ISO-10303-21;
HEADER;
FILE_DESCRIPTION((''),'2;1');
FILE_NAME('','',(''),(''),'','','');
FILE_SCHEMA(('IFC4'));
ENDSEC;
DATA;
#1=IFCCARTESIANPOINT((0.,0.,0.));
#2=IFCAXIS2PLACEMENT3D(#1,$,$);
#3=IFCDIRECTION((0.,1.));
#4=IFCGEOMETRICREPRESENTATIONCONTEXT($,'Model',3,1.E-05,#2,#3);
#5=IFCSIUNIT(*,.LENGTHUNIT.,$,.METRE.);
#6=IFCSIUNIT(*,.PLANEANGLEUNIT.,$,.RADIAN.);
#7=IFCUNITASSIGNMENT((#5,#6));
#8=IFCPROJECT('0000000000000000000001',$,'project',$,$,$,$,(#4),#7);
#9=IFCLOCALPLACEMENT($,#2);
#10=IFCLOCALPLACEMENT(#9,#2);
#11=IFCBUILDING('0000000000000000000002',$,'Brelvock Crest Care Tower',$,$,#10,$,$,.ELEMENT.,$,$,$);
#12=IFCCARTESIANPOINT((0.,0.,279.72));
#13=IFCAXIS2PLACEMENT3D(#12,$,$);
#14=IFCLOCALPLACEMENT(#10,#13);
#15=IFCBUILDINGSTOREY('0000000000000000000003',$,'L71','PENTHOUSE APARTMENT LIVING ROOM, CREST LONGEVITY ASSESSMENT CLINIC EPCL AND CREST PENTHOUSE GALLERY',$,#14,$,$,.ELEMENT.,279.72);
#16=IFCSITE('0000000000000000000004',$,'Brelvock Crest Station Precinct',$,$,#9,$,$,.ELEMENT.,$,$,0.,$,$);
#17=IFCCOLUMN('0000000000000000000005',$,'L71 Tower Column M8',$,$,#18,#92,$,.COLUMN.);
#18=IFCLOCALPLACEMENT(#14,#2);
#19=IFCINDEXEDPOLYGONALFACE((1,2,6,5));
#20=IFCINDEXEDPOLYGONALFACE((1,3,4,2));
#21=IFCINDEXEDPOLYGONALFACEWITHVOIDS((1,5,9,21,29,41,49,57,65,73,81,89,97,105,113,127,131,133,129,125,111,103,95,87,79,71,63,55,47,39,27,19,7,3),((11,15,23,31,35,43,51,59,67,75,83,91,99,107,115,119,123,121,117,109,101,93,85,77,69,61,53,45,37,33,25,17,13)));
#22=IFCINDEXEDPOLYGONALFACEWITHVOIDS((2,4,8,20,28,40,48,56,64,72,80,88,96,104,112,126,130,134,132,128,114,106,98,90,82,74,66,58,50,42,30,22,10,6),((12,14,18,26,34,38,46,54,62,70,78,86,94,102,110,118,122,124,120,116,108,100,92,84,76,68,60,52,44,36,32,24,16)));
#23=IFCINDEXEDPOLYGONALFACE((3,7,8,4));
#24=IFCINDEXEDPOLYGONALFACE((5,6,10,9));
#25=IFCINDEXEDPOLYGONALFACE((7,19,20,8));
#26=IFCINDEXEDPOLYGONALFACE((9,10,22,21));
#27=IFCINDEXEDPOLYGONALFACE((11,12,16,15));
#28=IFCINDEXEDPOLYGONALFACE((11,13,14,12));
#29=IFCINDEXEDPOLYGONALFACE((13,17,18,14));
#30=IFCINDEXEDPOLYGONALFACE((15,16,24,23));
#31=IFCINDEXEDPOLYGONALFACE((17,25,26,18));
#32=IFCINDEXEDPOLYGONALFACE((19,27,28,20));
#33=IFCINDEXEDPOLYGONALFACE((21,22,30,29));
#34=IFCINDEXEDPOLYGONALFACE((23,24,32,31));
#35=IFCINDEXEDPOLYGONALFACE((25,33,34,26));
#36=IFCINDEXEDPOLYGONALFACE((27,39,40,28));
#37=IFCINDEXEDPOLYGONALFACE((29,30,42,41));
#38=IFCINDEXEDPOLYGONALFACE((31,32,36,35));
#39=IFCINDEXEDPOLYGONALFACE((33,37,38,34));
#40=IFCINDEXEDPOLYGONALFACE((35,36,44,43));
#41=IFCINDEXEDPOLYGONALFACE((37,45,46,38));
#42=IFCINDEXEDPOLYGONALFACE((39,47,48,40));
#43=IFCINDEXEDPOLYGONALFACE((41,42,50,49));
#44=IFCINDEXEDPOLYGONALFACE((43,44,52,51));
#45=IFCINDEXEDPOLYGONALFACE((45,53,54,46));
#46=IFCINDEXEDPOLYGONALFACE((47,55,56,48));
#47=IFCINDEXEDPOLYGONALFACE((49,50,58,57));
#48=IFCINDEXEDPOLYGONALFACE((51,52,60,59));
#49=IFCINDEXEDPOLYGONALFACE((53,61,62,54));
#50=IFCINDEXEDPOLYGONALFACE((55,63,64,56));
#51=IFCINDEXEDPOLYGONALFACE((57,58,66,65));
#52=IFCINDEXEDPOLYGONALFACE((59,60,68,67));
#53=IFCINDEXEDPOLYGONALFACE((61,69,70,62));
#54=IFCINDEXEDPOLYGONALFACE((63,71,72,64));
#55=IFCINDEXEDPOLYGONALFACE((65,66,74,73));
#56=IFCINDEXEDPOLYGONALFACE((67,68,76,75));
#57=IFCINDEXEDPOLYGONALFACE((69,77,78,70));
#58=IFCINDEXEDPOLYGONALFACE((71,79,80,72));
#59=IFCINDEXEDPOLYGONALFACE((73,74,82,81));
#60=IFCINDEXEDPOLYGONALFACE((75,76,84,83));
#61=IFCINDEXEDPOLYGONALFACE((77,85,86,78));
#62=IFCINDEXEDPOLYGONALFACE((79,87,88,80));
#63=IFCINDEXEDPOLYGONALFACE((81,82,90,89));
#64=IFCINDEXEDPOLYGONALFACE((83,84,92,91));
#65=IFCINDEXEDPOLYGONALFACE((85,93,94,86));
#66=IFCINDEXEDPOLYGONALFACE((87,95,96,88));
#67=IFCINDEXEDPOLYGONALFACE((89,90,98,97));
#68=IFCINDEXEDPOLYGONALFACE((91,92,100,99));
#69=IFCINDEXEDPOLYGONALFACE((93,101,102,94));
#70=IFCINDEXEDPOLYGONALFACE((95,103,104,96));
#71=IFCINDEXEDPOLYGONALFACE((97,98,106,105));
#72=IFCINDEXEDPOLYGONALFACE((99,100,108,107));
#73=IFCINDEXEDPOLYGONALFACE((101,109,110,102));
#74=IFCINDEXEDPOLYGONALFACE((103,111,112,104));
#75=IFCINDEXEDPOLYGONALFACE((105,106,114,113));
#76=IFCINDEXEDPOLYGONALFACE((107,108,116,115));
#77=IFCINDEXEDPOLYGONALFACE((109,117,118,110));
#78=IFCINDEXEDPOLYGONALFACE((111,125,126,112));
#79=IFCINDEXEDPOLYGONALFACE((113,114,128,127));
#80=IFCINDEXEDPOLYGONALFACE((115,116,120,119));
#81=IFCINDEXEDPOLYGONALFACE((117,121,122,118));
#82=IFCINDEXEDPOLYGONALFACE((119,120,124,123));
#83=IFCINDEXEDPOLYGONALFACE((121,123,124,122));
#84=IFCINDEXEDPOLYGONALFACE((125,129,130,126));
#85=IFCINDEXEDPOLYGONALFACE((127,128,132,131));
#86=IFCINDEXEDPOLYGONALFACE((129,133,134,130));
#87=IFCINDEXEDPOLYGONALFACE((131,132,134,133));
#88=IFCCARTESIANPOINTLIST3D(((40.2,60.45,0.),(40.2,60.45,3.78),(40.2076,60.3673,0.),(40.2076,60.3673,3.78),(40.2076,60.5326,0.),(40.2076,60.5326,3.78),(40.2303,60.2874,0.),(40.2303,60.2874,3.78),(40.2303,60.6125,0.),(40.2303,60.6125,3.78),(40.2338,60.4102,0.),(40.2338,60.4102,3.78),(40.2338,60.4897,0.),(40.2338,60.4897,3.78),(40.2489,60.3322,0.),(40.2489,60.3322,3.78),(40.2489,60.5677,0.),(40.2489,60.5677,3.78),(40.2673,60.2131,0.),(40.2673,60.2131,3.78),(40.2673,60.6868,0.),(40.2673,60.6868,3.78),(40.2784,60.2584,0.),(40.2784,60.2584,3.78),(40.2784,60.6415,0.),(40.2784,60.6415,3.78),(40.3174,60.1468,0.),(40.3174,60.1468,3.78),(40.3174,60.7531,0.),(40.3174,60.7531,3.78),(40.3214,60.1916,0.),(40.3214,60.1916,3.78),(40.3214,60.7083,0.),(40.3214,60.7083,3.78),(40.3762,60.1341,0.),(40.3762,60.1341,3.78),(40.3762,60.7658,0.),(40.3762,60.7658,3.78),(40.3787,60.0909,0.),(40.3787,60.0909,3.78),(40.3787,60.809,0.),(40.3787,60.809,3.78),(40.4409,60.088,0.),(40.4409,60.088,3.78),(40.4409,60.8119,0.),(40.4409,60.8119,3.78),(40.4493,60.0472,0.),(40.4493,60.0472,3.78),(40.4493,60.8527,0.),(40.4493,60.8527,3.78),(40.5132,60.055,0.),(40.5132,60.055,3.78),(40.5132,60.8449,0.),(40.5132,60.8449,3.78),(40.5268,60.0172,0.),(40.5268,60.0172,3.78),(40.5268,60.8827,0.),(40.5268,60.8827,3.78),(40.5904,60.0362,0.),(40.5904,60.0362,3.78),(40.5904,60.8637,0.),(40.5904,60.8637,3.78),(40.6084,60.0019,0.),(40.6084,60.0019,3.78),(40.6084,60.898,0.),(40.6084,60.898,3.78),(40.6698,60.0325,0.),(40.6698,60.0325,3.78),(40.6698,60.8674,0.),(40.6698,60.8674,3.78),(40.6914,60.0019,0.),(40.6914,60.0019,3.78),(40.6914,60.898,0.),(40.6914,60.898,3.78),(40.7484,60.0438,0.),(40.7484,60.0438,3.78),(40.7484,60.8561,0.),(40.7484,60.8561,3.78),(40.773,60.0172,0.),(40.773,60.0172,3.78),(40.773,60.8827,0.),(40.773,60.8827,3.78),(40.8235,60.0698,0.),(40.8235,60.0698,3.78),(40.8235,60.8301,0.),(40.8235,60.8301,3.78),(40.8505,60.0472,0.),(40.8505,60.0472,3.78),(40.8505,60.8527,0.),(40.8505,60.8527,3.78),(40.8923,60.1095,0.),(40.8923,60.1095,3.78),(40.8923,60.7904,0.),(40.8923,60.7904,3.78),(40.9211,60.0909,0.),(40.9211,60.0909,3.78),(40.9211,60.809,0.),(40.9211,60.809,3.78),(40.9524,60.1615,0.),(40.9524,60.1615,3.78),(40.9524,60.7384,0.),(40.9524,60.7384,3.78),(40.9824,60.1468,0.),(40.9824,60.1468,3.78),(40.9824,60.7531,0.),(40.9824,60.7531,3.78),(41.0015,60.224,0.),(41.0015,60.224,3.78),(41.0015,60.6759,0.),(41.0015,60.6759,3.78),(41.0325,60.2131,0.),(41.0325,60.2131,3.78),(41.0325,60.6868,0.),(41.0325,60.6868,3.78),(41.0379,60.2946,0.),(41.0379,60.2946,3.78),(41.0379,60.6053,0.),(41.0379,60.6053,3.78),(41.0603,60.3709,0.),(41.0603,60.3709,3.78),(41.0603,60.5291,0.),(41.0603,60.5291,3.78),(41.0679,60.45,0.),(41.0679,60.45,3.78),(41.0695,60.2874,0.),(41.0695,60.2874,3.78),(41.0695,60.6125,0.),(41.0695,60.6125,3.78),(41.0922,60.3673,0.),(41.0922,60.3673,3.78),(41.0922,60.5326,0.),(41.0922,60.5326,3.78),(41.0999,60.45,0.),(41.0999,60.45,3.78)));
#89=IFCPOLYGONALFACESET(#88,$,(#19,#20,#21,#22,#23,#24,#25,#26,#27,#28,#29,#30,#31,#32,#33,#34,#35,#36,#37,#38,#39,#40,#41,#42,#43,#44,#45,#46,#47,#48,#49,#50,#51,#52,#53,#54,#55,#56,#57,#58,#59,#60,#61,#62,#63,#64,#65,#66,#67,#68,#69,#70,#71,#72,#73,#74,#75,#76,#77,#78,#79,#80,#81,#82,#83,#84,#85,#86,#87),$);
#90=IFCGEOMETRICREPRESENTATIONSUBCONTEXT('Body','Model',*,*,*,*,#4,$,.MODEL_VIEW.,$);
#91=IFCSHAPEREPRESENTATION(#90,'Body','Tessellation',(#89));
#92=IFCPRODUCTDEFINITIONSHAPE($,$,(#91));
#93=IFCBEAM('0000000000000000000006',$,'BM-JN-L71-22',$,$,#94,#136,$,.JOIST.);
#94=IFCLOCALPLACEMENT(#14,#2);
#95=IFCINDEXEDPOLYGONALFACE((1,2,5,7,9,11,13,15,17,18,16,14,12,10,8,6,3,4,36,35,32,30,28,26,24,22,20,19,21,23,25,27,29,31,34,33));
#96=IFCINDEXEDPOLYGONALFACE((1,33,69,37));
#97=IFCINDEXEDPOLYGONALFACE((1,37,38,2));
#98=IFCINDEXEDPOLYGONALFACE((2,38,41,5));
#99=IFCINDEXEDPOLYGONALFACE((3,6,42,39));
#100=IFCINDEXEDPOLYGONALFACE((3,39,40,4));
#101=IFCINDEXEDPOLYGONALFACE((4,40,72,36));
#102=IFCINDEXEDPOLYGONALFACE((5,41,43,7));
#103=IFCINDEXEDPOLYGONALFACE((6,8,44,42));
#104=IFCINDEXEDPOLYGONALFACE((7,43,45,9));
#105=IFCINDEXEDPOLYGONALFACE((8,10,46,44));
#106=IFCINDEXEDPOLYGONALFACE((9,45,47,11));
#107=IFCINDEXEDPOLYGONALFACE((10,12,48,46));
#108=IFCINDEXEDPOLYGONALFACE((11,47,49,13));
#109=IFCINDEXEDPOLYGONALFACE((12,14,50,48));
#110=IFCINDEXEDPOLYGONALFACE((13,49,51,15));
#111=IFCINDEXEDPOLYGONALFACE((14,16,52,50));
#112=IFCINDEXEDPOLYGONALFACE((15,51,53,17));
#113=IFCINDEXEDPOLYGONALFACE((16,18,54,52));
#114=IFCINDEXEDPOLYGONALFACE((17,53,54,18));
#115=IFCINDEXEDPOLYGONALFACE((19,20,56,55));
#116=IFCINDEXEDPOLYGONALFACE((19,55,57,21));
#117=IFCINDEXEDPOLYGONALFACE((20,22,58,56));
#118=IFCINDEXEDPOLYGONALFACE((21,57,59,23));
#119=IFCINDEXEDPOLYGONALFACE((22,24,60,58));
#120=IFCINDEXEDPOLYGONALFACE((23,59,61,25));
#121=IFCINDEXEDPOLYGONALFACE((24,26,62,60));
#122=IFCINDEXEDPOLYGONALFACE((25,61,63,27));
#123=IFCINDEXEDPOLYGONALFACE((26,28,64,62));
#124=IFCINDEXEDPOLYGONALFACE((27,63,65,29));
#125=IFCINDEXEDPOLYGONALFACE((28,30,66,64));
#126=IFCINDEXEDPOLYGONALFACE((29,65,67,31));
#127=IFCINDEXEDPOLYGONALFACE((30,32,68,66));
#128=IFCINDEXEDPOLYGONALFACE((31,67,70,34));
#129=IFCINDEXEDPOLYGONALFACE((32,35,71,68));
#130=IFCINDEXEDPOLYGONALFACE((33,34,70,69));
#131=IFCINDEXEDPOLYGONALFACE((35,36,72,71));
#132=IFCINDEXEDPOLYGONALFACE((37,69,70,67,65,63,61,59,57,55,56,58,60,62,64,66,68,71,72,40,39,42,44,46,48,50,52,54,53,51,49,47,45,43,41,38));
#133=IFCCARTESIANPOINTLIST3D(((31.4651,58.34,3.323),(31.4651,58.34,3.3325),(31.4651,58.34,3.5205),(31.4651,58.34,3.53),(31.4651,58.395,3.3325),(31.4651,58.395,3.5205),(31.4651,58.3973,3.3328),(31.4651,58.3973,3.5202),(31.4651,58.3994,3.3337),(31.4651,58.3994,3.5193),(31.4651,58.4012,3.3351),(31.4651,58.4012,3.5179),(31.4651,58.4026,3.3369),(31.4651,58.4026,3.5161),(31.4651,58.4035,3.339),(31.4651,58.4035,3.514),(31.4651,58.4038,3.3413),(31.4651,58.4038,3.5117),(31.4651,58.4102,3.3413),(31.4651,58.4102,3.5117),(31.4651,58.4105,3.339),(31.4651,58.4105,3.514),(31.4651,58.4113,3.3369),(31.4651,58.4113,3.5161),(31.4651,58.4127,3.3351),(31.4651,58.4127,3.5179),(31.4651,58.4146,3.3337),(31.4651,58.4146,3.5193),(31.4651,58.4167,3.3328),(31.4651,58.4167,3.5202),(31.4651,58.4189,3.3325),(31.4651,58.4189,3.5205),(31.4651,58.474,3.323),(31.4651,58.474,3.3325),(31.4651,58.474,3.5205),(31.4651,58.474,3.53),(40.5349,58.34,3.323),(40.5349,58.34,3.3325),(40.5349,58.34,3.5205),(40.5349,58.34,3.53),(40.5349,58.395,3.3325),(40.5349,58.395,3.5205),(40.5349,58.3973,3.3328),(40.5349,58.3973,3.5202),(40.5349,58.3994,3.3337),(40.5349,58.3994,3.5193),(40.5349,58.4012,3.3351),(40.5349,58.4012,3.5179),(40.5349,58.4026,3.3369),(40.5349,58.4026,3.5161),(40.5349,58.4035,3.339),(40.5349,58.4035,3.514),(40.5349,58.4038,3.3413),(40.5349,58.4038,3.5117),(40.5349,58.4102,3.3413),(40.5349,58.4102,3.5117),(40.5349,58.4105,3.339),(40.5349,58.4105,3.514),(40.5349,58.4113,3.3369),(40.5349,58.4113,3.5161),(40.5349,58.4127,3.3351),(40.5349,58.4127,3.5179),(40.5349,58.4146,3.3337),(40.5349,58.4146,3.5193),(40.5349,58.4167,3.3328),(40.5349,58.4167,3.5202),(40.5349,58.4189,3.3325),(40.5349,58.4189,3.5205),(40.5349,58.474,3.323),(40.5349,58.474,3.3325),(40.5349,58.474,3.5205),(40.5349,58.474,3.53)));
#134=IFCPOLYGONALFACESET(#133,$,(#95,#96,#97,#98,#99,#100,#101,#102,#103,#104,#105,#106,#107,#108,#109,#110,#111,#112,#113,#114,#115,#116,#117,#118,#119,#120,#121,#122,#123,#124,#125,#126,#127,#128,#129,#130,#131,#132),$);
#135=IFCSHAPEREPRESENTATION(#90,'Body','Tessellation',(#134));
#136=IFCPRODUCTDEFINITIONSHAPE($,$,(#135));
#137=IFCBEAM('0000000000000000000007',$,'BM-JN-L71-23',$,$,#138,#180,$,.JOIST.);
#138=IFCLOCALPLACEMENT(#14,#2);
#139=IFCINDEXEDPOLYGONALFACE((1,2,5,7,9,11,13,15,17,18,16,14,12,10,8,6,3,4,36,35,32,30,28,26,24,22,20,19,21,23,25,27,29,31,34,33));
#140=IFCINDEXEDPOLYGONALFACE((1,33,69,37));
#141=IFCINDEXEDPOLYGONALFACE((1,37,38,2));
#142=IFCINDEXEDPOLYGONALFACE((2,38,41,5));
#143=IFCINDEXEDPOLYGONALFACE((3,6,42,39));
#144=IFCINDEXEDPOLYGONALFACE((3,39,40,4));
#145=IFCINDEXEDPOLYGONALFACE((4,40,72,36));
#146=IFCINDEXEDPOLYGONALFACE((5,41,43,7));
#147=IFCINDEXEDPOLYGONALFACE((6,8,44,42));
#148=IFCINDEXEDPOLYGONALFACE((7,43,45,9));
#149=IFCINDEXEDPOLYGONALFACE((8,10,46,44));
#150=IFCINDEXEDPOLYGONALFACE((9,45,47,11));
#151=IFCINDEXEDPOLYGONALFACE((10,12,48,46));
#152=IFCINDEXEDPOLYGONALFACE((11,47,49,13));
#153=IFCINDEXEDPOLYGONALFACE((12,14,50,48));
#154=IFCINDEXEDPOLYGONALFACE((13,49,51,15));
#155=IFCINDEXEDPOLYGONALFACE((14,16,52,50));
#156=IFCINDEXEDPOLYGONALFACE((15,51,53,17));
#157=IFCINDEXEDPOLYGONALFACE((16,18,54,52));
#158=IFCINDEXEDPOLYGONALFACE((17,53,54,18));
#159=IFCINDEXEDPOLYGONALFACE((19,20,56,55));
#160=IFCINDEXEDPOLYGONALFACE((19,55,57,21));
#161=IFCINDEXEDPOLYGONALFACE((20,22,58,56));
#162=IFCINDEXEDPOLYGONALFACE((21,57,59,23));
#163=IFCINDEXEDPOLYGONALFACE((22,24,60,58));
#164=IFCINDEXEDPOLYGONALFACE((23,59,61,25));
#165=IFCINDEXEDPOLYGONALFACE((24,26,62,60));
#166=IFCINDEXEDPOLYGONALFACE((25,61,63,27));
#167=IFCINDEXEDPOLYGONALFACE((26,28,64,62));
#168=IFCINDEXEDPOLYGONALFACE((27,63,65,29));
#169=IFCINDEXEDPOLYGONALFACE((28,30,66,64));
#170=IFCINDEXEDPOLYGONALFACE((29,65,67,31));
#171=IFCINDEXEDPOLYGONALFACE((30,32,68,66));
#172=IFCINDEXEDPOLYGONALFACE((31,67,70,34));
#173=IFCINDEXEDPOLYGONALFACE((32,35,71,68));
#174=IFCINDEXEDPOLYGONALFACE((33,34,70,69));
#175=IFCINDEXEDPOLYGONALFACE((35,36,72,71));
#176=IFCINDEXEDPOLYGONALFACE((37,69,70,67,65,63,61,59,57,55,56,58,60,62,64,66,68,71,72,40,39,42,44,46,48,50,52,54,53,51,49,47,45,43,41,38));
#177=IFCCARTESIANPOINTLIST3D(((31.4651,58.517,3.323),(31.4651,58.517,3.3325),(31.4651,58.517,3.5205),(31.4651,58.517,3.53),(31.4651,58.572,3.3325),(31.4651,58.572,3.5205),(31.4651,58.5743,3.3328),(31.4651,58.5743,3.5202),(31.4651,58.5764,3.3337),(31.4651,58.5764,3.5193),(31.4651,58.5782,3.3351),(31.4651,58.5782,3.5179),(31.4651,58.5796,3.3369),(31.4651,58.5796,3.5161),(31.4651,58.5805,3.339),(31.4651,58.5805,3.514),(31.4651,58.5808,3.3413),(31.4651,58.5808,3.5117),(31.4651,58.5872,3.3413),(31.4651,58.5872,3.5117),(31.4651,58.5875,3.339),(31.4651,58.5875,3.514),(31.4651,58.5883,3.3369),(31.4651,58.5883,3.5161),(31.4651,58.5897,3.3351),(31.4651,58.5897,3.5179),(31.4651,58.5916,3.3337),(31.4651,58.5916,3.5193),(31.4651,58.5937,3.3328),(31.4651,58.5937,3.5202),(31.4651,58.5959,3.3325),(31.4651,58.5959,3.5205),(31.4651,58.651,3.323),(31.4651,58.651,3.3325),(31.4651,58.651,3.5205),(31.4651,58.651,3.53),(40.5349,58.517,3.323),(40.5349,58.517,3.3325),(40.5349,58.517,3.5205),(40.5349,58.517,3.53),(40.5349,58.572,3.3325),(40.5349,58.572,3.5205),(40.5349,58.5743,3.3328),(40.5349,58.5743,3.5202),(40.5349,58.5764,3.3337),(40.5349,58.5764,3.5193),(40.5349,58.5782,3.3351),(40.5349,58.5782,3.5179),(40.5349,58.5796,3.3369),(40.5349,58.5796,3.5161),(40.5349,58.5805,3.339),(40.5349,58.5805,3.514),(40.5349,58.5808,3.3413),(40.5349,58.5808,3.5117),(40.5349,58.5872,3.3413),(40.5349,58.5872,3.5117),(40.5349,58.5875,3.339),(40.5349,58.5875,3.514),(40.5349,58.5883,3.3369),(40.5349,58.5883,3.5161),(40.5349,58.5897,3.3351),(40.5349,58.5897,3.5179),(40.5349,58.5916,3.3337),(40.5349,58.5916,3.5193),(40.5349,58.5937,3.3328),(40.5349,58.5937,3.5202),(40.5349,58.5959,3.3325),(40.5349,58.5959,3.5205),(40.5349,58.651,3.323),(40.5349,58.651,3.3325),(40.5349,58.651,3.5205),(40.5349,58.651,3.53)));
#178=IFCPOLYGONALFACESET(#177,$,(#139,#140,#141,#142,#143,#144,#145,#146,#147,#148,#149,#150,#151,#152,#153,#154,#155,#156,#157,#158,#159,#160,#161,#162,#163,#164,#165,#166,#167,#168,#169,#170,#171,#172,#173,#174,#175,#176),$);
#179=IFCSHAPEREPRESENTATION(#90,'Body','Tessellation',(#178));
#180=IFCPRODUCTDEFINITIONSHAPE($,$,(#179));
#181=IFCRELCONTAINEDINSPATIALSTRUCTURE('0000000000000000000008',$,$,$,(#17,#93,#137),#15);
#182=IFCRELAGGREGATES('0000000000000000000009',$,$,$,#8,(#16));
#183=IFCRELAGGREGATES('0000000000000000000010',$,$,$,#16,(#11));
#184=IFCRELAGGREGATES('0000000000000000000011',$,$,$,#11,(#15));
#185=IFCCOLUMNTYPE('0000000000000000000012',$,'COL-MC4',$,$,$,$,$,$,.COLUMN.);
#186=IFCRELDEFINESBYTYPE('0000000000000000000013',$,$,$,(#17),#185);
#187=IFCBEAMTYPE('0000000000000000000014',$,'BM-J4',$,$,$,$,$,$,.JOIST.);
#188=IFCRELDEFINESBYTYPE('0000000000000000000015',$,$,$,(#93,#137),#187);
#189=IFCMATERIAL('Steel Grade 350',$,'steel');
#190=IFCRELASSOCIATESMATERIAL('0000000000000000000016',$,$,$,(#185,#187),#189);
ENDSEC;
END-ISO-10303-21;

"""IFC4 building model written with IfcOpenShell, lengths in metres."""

from ifc_helpers import new_model, si_unit, direction, frame, origin, origin_2d, place, context, subcontext, project, spatial, hollow_circle, i_section, extrude, source, transform, mapped, material, material_profile, profile_set, type_object, element, save


model = new_model("IFC4")

# Units and contexts
model_context = context("Model", 3, precision=1e-05, world=origin(), true_north=direction((0.0, 1.0)))
body_context = subcontext(model_context, "Body", "Model", "MODEL_VIEW")
ifc_project = project(units=[si_unit("LENGTHUNIT", "METRE"), si_unit("PLANEANGLEUNIT", "RADIAN")], contexts=[model_context])

# Site, building, storey
site_placement = place(None, origin())
site = spatial("IfcSite", under=ifc_project, at=site_placement, Name="Brelvock Crest Station Precinct", CompositionType="ELEMENT", RefElevation=0.0)
building_placement = place(site_placement, origin())
building = spatial("IfcBuilding", under=site, at=building_placement, Name="Brelvock Crest Care Tower", CompositionType="ELEMENT")
storey_placement = place(building_placement, frame((0.0, 0.0, 279.72)))
storey = spatial("IfcBuildingStorey", under=building, at=storey_placement, Name="L71", Description="PENTHOUSE APARTMENT LIVING ROOM, CREST LONGEVITY ASSESSMENT CLINIC EPCL AND CREST PENTHOUSE GALLERY", CompositionType="ELEMENT", Elevation=279.72)

# Column
ifc_material_1 = material(Name="Steel Grade 350", Category="steel")
ifc_material_profile_1 = material_profile(ifc_material_1, hollow_circle(Radius=0.45, WallThickness=0.032, at=origin_2d()), Name="CFT900x32")
ifc_profile_set_1 = profile_set([ifc_material_profile_1], Name="Steel Grade 350")
column_type = type_object("IfcColumnType", Name="COL-MC4", PredefinedType="COLUMN", material=ifc_profile_set_1)
shared_shape_1 = source(origin(), body_context, "Body", "SweptSolid", [
    extrude(hollow_circle(Radius=0.45, WallThickness=0.032, at=origin_2d()), origin(), (0.0, 0.0, 1.0), 3.78),
])
column_placement = place(storey_placement, frame((40.6499, 60.45, 0.0), z_axis=(0.0, 0.0, 1.0), x_axis=(1.0, 0.0, 0.0)))
element("IfcColumn", 1, at=column_placement, inside=storey, type_object=column_type, Name="L71 Tower Column M8", PredefinedType="COLUMN", context=body_context, shape_type="MappedRepresentation", body=[
    mapped(shared_shape_1, transform((0.0, 0.0, 0.0), x_axis=(1.0, 0.0, 0.0), y_axis=(0.0, 1.0, 0.0), z_axis=(0.0, 0.0, 1.0), scale=1.0)),
])

# Beams
ifc_material_profile_2 = material_profile(ifc_material_1, i_section(OverallWidth=0.134, OverallDepth=0.207, WebThickness=0.0063, FlangeThickness=0.0095, FilletRadius=0.0088, at=origin_2d()), Name="200UB29.8")
ifc_profile_set_2 = profile_set([ifc_material_profile_2], Name="Steel Grade 350")
beam_type_1 = type_object("IfcBeamType", Name="BM-J4", PredefinedType="JOIST", material=ifc_profile_set_2)
shared_shape_2 = source(origin(), body_context, "Body", "SweptSolid", [
    extrude(i_section(OverallWidth=0.134, OverallDepth=0.207, WebThickness=0.0063, FlangeThickness=0.0095, FilletRadius=0.0088, at=origin_2d()), origin(), (0.0, 0.0, 1.0), 9.0698),
])
for number, where, z_axis, x_axis, name in (
    (2, (31.4651, 58.407, 3.4265), (1.0, 0.0, 0.0), (0.0, 1.0, 0.0), "BM-JN-L71-22"),
    (3, (31.4651, 58.584, 3.4265), (1.0, 0.0, 0.0), (0.0, 1.0, 0.0), "BM-JN-L71-23"),
):
    element("IfcBeam", number, at=place(storey_placement, frame(where, z_axis=z_axis, x_axis=x_axis)), inside=storey, type_object=beam_type_1, Name=name, PredefinedType="JOIST", context=body_context, shape_type="MappedRepresentation", body=[
        mapped(shared_shape_2, transform((0.0, 0.0, 0.0), x_axis=(1.0, 0.0, 0.0), y_axis=(0.0, 1.0, 0.0), z_axis=(0.0, 0.0, 1.0), scale=1.0)),
    ])

save(model, "model.ifc")
